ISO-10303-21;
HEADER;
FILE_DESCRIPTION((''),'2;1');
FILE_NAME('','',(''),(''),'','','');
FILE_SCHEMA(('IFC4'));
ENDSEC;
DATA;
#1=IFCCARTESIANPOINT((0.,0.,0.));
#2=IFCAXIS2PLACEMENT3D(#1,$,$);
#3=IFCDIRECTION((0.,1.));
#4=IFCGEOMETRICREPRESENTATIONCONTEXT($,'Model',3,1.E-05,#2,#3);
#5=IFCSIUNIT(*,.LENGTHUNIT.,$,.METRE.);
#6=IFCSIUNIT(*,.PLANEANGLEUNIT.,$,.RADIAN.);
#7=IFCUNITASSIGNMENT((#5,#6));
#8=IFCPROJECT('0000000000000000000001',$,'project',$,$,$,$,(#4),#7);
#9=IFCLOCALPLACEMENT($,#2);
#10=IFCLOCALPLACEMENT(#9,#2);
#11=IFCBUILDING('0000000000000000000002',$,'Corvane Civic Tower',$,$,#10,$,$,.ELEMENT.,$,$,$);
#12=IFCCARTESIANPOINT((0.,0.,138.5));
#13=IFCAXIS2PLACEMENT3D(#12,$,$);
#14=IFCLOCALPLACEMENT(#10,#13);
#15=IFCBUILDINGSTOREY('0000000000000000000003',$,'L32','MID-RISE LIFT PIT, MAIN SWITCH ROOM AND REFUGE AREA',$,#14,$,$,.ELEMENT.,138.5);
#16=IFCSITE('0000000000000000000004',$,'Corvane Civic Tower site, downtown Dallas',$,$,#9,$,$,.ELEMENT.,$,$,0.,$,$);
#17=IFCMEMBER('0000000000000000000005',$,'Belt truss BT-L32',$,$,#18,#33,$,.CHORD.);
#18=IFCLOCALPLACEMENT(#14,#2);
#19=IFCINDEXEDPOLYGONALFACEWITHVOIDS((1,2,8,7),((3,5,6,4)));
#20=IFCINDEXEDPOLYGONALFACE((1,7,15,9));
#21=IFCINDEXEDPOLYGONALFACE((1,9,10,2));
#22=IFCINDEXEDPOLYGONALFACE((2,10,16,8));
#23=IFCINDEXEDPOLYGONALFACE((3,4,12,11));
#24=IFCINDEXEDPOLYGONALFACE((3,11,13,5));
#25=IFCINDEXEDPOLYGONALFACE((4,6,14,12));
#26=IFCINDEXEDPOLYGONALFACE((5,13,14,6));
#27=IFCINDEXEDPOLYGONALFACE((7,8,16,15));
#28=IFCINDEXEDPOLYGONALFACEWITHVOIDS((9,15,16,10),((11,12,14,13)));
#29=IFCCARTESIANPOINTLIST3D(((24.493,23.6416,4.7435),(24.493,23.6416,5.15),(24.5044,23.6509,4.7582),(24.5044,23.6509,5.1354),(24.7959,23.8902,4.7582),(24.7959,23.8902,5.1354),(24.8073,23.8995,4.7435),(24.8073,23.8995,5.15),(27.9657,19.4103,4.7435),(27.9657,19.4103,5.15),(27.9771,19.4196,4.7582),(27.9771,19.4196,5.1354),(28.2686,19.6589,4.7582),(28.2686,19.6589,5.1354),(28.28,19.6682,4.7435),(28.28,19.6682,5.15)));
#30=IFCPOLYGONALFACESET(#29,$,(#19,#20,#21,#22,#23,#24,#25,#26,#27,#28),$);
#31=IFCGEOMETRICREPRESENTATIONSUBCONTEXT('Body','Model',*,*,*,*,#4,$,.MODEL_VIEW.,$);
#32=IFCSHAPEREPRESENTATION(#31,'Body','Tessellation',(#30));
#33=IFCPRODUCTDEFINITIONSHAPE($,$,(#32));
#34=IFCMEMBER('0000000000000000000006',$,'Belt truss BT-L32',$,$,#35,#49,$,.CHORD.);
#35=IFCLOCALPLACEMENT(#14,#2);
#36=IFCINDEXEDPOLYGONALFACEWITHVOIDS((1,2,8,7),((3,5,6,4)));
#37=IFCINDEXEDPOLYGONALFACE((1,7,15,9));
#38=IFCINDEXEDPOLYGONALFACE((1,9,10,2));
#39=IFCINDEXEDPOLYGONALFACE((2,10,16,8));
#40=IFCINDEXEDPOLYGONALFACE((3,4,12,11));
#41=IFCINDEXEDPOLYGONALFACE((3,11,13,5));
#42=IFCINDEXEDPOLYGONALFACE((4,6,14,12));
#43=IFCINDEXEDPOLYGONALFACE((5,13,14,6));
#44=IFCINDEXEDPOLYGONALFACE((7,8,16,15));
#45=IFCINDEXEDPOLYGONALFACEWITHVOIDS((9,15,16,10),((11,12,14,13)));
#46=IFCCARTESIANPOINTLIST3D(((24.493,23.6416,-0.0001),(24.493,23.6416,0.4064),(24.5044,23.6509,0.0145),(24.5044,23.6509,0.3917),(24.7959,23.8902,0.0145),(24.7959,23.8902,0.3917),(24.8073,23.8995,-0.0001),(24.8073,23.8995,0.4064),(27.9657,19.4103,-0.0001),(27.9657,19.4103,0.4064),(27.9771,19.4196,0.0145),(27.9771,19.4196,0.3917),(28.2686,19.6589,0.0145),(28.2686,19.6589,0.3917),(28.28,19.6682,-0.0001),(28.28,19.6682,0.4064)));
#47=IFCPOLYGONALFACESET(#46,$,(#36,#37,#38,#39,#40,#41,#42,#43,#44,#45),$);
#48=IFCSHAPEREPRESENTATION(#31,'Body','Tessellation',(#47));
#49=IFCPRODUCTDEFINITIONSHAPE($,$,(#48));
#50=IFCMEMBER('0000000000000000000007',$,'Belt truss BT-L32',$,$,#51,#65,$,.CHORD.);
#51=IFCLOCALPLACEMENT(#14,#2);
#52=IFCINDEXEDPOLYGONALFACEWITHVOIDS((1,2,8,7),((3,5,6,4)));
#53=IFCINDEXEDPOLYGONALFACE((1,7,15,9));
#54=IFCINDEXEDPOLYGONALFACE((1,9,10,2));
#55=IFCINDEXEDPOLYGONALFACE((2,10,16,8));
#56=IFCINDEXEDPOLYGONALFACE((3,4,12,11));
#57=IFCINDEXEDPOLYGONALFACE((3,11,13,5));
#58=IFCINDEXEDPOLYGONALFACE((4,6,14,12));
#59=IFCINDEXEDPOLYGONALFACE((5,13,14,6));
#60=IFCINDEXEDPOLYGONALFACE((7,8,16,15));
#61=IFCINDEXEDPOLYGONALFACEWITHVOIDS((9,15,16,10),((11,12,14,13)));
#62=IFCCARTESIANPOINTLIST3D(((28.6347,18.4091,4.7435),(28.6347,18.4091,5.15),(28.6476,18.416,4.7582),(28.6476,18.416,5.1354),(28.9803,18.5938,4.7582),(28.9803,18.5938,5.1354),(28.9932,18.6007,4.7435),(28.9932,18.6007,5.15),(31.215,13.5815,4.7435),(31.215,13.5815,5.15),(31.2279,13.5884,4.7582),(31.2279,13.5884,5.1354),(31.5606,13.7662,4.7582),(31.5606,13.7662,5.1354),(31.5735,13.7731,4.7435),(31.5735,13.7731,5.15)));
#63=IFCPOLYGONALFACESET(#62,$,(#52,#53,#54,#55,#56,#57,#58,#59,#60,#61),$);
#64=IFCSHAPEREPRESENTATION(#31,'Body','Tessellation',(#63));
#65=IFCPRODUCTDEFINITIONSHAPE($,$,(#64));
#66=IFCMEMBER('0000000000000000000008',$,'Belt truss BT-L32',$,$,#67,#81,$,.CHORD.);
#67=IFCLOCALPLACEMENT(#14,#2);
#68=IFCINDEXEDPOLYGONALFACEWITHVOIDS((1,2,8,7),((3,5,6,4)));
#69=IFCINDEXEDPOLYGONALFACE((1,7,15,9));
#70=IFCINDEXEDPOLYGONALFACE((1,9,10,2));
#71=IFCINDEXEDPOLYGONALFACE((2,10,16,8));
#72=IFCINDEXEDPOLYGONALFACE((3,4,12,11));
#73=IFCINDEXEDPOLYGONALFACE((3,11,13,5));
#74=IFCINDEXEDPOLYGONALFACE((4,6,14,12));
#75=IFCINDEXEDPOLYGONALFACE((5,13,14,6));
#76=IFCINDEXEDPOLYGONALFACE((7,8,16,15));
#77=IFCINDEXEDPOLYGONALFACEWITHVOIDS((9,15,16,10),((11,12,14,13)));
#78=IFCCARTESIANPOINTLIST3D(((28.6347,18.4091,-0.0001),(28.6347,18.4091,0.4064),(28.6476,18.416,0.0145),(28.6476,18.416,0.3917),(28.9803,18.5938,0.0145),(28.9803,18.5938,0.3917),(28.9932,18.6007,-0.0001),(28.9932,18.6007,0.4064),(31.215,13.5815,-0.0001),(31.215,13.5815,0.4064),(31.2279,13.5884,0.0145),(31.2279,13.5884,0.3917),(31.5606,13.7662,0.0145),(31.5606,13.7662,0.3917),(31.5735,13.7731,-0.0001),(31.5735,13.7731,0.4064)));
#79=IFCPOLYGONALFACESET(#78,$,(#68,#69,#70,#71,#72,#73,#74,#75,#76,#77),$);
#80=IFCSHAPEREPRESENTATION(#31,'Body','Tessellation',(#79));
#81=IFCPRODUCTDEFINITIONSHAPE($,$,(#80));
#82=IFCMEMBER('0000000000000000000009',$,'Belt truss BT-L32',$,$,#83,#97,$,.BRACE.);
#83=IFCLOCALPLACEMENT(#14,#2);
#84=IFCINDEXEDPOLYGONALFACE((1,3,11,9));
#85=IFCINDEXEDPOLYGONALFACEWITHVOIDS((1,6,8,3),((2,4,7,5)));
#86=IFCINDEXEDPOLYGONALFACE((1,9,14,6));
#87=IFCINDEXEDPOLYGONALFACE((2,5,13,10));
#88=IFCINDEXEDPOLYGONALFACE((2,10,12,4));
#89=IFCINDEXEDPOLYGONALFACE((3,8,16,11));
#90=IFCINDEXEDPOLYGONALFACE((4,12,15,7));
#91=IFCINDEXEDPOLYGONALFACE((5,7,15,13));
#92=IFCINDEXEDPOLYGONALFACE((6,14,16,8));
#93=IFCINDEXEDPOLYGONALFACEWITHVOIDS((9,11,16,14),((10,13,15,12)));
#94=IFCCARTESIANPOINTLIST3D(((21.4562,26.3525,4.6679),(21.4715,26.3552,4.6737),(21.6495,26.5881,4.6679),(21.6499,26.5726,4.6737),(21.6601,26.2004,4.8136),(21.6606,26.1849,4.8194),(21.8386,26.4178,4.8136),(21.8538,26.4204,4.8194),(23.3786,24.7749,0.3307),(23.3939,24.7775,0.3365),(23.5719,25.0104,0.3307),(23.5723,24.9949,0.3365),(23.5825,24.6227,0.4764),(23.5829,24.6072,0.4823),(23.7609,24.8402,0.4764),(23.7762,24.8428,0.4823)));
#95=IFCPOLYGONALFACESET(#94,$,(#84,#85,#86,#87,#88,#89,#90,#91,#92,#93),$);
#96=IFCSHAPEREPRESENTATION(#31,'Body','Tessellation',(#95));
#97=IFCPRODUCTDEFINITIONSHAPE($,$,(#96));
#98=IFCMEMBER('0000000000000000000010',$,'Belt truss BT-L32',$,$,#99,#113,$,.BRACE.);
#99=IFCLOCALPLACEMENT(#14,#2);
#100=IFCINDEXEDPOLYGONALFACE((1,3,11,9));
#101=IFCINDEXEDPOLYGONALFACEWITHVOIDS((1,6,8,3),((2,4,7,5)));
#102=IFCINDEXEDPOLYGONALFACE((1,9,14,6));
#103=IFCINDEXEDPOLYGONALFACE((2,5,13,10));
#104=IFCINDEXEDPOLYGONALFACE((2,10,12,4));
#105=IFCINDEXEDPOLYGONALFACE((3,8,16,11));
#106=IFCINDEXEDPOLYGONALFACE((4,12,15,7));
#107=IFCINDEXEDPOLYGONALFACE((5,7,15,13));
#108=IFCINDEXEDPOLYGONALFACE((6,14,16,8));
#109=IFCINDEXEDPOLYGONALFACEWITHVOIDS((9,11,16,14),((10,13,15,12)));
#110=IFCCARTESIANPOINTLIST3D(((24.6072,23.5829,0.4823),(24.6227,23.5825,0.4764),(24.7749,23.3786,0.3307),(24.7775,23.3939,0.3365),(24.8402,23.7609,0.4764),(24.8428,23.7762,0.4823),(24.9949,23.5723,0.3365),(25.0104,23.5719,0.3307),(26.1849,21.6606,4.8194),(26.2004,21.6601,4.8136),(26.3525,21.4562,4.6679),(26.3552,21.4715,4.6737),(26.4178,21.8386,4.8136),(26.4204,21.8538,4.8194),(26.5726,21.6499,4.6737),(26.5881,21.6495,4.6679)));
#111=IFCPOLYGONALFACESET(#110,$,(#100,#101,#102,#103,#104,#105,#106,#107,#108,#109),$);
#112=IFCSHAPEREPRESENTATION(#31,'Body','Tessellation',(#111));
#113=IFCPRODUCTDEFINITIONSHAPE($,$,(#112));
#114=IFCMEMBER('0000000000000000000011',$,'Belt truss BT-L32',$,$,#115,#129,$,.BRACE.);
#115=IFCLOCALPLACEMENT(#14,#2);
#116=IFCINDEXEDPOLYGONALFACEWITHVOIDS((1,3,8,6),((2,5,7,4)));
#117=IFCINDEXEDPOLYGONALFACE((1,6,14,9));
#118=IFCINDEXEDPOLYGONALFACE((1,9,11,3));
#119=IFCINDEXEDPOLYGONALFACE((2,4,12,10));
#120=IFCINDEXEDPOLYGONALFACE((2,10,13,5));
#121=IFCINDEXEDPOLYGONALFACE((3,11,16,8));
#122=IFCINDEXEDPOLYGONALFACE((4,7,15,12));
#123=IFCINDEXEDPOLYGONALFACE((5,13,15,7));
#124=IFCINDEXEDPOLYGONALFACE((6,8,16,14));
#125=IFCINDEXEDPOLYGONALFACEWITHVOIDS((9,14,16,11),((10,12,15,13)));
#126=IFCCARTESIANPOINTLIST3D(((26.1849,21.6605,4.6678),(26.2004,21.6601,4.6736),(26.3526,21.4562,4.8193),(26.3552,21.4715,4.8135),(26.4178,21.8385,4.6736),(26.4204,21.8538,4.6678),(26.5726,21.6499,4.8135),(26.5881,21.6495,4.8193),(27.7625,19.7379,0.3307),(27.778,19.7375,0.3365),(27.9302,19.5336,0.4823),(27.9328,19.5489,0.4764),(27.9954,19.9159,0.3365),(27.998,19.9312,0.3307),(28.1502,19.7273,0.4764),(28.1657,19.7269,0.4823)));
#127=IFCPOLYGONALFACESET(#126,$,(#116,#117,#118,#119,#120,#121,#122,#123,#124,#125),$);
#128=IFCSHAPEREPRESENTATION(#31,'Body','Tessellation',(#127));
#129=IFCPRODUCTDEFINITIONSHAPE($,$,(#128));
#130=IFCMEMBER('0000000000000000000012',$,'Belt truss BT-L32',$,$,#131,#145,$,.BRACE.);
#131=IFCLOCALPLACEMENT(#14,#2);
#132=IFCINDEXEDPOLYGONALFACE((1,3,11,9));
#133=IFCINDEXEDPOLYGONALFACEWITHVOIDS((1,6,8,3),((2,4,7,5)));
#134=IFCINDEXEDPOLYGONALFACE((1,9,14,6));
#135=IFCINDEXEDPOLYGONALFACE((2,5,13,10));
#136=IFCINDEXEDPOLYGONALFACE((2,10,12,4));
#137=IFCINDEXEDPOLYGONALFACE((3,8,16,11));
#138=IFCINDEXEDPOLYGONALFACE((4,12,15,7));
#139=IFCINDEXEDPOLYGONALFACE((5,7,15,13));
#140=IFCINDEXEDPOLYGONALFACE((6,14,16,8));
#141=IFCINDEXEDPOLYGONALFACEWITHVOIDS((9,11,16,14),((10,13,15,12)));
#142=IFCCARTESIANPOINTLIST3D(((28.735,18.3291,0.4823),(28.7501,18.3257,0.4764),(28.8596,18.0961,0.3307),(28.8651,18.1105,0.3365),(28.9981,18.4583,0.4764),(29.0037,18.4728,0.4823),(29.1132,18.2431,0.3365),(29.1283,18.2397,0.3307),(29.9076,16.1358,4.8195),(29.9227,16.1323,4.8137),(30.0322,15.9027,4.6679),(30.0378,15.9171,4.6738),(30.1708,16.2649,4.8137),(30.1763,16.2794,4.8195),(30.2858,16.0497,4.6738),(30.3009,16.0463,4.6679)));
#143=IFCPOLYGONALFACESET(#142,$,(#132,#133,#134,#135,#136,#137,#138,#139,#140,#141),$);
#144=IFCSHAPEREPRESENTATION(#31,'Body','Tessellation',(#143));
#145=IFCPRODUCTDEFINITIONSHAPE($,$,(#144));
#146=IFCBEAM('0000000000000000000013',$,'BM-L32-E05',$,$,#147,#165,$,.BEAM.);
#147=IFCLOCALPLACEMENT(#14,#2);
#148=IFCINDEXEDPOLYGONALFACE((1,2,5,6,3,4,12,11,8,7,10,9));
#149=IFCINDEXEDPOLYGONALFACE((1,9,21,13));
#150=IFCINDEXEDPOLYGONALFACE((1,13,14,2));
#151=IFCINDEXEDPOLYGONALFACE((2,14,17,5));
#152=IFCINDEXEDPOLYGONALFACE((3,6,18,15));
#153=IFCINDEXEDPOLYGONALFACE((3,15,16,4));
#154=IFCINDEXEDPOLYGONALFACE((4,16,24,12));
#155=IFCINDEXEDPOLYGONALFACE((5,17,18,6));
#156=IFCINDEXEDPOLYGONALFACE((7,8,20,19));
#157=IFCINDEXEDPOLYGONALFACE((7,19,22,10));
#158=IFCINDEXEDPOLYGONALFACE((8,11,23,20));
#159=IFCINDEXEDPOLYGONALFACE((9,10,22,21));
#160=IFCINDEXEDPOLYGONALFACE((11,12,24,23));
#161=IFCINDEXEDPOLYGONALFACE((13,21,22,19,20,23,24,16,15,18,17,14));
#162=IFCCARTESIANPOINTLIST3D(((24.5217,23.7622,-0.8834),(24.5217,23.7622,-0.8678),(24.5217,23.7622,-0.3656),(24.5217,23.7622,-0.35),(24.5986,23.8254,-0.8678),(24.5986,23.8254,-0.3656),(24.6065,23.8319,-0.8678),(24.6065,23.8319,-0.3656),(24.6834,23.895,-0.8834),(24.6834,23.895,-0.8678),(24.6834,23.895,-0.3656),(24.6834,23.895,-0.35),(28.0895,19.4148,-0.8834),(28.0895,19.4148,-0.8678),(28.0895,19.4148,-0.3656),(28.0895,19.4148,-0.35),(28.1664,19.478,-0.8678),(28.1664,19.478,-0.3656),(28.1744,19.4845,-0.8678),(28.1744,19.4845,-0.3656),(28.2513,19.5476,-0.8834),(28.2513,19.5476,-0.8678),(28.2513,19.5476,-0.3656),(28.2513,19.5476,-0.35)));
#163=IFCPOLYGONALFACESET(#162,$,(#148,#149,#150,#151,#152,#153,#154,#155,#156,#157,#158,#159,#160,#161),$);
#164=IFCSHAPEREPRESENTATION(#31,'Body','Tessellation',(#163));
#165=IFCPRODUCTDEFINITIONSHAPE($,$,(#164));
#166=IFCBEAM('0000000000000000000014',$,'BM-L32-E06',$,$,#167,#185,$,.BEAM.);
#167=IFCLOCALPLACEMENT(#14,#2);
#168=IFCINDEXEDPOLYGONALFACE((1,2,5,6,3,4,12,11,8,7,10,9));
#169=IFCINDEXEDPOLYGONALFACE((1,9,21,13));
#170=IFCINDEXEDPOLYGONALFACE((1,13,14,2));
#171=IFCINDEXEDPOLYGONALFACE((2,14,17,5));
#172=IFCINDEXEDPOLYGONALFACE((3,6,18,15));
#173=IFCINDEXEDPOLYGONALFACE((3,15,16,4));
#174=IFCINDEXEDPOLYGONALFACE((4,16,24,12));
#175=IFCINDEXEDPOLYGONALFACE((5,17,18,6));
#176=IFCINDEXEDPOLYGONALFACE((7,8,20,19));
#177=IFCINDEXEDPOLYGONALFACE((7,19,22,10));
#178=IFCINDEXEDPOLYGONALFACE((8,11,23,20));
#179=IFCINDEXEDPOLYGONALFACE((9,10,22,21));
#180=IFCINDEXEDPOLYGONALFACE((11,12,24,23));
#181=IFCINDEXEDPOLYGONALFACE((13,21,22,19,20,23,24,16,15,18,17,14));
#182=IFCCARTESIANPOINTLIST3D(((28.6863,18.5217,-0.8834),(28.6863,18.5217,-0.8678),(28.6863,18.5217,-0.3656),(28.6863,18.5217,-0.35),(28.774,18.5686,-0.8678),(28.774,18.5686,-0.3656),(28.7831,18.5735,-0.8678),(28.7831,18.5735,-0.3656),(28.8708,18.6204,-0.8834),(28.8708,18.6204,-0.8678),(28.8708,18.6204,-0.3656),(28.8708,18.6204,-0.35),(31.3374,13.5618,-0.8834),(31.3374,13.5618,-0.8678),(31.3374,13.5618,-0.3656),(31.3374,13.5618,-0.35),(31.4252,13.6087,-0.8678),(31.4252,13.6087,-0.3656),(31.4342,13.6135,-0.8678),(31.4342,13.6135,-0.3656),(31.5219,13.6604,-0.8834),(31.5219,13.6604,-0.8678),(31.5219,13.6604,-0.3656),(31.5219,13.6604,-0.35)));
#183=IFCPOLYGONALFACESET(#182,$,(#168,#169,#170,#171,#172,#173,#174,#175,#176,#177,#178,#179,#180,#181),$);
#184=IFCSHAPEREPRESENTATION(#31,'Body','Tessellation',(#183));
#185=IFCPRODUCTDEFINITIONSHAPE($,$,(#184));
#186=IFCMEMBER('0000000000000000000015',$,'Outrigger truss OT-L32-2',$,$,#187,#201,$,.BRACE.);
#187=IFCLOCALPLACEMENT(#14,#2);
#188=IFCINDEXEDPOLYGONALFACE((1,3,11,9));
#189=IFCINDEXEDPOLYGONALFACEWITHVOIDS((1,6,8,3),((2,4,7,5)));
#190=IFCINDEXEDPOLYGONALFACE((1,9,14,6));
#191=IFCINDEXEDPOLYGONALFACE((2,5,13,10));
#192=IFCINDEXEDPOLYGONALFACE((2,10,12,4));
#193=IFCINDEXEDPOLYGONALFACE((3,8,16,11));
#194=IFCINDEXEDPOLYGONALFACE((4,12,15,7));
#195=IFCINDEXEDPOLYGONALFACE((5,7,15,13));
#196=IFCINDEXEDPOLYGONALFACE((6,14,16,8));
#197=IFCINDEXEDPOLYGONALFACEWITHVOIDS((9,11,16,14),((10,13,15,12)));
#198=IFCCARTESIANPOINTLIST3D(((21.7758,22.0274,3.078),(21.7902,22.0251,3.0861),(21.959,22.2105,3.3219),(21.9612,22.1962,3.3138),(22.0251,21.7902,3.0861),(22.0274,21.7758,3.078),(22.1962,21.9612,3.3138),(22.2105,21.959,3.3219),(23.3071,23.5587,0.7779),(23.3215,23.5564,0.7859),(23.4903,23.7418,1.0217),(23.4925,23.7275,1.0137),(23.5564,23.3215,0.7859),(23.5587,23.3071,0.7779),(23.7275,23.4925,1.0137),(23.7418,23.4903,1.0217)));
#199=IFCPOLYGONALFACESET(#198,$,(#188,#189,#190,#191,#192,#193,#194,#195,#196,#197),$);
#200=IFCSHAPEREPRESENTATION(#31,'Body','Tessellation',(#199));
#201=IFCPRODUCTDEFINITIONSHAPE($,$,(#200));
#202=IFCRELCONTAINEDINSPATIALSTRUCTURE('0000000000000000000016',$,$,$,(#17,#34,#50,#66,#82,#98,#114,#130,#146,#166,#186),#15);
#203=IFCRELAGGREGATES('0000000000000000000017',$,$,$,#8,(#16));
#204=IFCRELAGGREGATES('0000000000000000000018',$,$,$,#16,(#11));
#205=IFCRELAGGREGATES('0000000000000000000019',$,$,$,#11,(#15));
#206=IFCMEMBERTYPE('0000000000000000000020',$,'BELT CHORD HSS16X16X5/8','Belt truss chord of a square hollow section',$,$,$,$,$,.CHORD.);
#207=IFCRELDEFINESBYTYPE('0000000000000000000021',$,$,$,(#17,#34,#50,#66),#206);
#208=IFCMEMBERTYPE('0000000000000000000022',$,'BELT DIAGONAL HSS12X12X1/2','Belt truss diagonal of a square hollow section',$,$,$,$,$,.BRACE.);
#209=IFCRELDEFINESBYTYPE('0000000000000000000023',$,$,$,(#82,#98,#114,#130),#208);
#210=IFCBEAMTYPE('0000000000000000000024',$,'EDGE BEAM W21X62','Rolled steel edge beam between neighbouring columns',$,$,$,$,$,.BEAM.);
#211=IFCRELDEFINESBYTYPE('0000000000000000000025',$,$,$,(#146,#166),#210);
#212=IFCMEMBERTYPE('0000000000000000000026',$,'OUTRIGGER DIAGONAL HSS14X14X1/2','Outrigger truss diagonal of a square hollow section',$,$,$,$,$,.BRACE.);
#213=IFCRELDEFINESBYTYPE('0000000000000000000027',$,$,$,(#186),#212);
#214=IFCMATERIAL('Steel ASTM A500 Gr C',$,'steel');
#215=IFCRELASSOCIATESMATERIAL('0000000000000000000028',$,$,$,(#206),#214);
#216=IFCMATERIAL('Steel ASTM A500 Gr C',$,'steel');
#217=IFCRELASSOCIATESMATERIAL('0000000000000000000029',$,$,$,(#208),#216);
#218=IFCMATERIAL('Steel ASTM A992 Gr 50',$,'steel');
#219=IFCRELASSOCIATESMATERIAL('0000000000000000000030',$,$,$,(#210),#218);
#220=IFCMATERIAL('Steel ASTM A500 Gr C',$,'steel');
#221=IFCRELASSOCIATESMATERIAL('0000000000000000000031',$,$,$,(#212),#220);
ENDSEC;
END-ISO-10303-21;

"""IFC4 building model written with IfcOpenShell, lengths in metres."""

from ifc_helpers import new_model, si_unit, direction, frame, origin, origin_2d, place, context, subcontext, project, spatial, hollow_rectangle, i_section, extrude, material, material_profile, profile_set, type_object, element, save


model = new_model("IFC4")

# Units and contexts
model_context = context("Model", 3, precision=1e-05, world=origin(), true_north=direction((0.0, 1.0)))
body_context = subcontext(model_context, "Body", "Model", "MODEL_VIEW")
ifc_project = project(units=[si_unit("LENGTHUNIT", "METRE"), si_unit("PLANEANGLEUNIT", "RADIAN")], contexts=[model_context])

# Site, building, storey
site_placement = place(None, origin())
site = spatial("IfcSite", under=ifc_project, at=site_placement, Name="Corvane Civic Tower site, downtown Dallas", CompositionType="ELEMENT", RefElevation=0.0)
building_placement = place(site_placement, origin())
building = spatial("IfcBuilding", under=site, at=building_placement, Name="Corvane Civic Tower", CompositionType="ELEMENT")
storey_placement = place(building_placement, frame((0.0, 0.0, 138.5)))
storey = spatial("IfcBuildingStorey", under=building, at=storey_placement, Name="L32", Description="MID-RISE LIFT PIT, MAIN SWITCH ROOM AND REFUGE AREA", CompositionType="ELEMENT", Elevation=138.5)

# Members
ifc_material_1 = material(Name="Steel ASTM A500 Gr C", Category="steel")
ifc_material_profile_1 = material_profile(ifc_material_1, hollow_rectangle(XDim=0.4065, YDim=0.4065, WallThickness=0.0146, at=origin_2d()), Name="HSS16X16X5/8")
ifc_profile_set_1 = profile_set([ifc_material_profile_1], Name="Steel ASTM A500 Gr C")
member_type_1 = type_object("IfcMemberType", Name="BELT CHORD HSS16X16X5/8", Description="Belt truss chord of a square hollow section", PredefinedType="CHORD", material=ifc_profile_set_1)
for number, where, z_axis, x_axis, name in (
    (1, (24.6501, 23.7705, 4.9468), (0.634415, -0.772993, 0.0), (0.772993, 0.634415, 0.0), "Belt truss BT-L32"),
    (2, (24.6501, 23.7705, 0.2031), (0.634415, -0.772993, 0.0), (0.772993, 0.634415, 0.0), "Belt truss BT-L32"),
    (3, (28.814, 18.5049, 4.9468), (0.471382, -0.881929, 0.0), (0.881929, 0.471382, 0.0), "Belt truss BT-L32"),
    (4, (28.814, 18.5049, 0.2031), (0.471382, -0.881929, 0.0), (0.881929, 0.471382, 0.0), "Belt truss BT-L32"),
):
    element("IfcMember", number, at=place(storey_placement, frame(where, z_axis=z_axis, x_axis=x_axis)), inside=storey, type_object=member_type_1, Name=name, PredefinedType="CHORD", context=body_context, shape_type="SweptSolid", body=[
        extrude(hollow_rectangle(XDim=0.4065, YDim=0.4065, WallThickness=0.0146, at=origin_2d()), origin(), (0.0, 0.0, 1.0), 5.4739),
    ])
ifc_material_2 = material(Name="Steel ASTM A500 Gr C", Category="steel")
ifc_material_profile_2 = material_profile(ifc_material_2, hollow_rectangle(XDim=0.3047, YDim=0.3047, WallThickness=0.0117, at=origin_2d()), Name="HSS12X12X1/2")
ifc_profile_set_2 = profile_set([ifc_material_profile_2], Name="Steel ASTM A500 Gr C")
member_type_2 = type_object("IfcMemberType", Name="BELT DIAGONAL HSS12X12X1/2", Description="Belt truss diagonal of a square hollow section", PredefinedType="BRACE", material=ifc_profile_set_2)
for number, where, z_axis, x_axis, name in (
    (5, (23.5774, 24.8088, 0.4065), (-0.384508, 0.315557, 0.867512), (-0.634392, -0.773012, 0.0), "Belt truss BT-L32"),
    (6, (24.8088, 23.5774, 0.4065), (0.315557, -0.384508, 0.867512), (0.773012, 0.634392, 0.0), "Belt truss BT-L32"),
    (7, (27.9641, 19.7324, 0.4065), (-0.315551, 0.38455, 0.867496), (-0.773051, -0.634344, 0.0), "Belt truss BT-L32"),
):
    element("IfcMember", number, at=place(storey_placement, frame(where, z_axis=z_axis, x_axis=x_axis)), inside=storey, type_object=member_type_2, Name=name, PredefinedType="BRACE", context=body_context, shape_type="SweptSolid", body=[
        extrude(hollow_rectangle(XDim=0.3047, YDim=0.3047, WallThickness=0.0117, at=origin_2d()), origin(), (0.0, 0.0, 1.0), 4.9995),
    ])
member_1_placement = place(storey_placement, frame((28.9316, 18.2844, 0.4065), z_axis=(0.234537, -0.4387, 0.867488), x_axis=(0.881882, 0.471469, 0.0)))
element("IfcMember", 8, at=member_1_placement, inside=storey, type_object=member_type_2, Name="Belt truss BT-L32", PredefinedType="BRACE", context=body_context, shape_type="SweptSolid", body=[
    extrude(hollow_rectangle(XDim=0.3047, YDim=0.3047, WallThickness=0.0117, at=origin_2d()), origin(), (0.0, 0.0, 1.0), 4.9998),
])

# Beams
ifc_material_3 = material(Name="Steel ASTM A992 Gr 50", Category="steel")
ifc_material_profile_3 = material_profile(ifc_material_3, i_section(OverallWidth=0.2092, OverallDepth=0.5334, WebThickness=0.0103, FlangeThickness=0.0156, at=origin_2d()), Name="W21X62")
ifc_profile_set_3 = profile_set([ifc_material_profile_3], Name="Steel ASTM A992 Gr 50")
beam_type = type_object("IfcBeamType", Name="EDGE BEAM W21X62", Description="Rolled steel edge beam between neighbouring columns", PredefinedType="BEAM", material=ifc_profile_set_3)
for number, where, z_axis, x_axis, name in (
    (9, (24.6025, 23.8286, -0.6167), (0.634398, -0.773007, 0.0), (0.773007, 0.634398, 0.0), "BM-L32-E05"),
    (10, (28.7786, 18.571, -0.6167), (0.471392, -0.881924, 0.0), (0.881924, 0.471392, 0.0), "BM-L32-E06"),
):
    element("IfcBeam", number, at=place(storey_placement, frame(where, z_axis=z_axis, x_axis=x_axis)), inside=storey, type_object=beam_type, Name=name, PredefinedType="BEAM", context=body_context, shape_type="SweptSolid", body=[
        extrude(i_section(OverallWidth=0.2092, OverallDepth=0.5334, WebThickness=0.0103, FlangeThickness=0.0156, at=origin_2d()), origin(), (0.0, 0.0, 1.0), 5.624),
    ])

# Member
ifc_material_4 = material(Name="Steel ASTM A500 Gr C", Category="steel")
ifc_material_profile_4 = material_profile(ifc_material_4, hollow_rectangle(XDim=0.3557, YDim=0.3557, WallThickness=0.0117, at=origin_2d()), Name="HSS14X14X1/2")
ifc_profile_set_4 = profile_set([ifc_material_profile_4], Name="Steel ASTM A500 Gr C")
member_type_3 = type_object("IfcMemberType", Name="OUTRIGGER DIAGONAL HSS14X14X1/2", Description="Outrigger truss diagonal of a square hollow section", PredefinedType="BRACE", material=ifc_profile_set_4)
member_2_placement = place(storey_placement, frame((21.9932, 21.9932, 3.2), z_axis=(0.484717, 0.484717, -0.728079), x_axis=(-0.707107, 0.707107, 0.0)))
element("IfcMember", 11, at=member_2_placement, inside=storey, type_object=member_type_3, Name="Outrigger truss OT-L32-2", PredefinedType="BRACE", context=body_context, shape_type="SweptSolid", body=[
    extrude(hollow_rectangle(XDim=0.3557, YDim=0.3557, WallThickness=0.0117, at=origin_2d()), origin(), (0.0, 0.0, 1.0), 3.1592),
])

save(model, "model.ifc")
